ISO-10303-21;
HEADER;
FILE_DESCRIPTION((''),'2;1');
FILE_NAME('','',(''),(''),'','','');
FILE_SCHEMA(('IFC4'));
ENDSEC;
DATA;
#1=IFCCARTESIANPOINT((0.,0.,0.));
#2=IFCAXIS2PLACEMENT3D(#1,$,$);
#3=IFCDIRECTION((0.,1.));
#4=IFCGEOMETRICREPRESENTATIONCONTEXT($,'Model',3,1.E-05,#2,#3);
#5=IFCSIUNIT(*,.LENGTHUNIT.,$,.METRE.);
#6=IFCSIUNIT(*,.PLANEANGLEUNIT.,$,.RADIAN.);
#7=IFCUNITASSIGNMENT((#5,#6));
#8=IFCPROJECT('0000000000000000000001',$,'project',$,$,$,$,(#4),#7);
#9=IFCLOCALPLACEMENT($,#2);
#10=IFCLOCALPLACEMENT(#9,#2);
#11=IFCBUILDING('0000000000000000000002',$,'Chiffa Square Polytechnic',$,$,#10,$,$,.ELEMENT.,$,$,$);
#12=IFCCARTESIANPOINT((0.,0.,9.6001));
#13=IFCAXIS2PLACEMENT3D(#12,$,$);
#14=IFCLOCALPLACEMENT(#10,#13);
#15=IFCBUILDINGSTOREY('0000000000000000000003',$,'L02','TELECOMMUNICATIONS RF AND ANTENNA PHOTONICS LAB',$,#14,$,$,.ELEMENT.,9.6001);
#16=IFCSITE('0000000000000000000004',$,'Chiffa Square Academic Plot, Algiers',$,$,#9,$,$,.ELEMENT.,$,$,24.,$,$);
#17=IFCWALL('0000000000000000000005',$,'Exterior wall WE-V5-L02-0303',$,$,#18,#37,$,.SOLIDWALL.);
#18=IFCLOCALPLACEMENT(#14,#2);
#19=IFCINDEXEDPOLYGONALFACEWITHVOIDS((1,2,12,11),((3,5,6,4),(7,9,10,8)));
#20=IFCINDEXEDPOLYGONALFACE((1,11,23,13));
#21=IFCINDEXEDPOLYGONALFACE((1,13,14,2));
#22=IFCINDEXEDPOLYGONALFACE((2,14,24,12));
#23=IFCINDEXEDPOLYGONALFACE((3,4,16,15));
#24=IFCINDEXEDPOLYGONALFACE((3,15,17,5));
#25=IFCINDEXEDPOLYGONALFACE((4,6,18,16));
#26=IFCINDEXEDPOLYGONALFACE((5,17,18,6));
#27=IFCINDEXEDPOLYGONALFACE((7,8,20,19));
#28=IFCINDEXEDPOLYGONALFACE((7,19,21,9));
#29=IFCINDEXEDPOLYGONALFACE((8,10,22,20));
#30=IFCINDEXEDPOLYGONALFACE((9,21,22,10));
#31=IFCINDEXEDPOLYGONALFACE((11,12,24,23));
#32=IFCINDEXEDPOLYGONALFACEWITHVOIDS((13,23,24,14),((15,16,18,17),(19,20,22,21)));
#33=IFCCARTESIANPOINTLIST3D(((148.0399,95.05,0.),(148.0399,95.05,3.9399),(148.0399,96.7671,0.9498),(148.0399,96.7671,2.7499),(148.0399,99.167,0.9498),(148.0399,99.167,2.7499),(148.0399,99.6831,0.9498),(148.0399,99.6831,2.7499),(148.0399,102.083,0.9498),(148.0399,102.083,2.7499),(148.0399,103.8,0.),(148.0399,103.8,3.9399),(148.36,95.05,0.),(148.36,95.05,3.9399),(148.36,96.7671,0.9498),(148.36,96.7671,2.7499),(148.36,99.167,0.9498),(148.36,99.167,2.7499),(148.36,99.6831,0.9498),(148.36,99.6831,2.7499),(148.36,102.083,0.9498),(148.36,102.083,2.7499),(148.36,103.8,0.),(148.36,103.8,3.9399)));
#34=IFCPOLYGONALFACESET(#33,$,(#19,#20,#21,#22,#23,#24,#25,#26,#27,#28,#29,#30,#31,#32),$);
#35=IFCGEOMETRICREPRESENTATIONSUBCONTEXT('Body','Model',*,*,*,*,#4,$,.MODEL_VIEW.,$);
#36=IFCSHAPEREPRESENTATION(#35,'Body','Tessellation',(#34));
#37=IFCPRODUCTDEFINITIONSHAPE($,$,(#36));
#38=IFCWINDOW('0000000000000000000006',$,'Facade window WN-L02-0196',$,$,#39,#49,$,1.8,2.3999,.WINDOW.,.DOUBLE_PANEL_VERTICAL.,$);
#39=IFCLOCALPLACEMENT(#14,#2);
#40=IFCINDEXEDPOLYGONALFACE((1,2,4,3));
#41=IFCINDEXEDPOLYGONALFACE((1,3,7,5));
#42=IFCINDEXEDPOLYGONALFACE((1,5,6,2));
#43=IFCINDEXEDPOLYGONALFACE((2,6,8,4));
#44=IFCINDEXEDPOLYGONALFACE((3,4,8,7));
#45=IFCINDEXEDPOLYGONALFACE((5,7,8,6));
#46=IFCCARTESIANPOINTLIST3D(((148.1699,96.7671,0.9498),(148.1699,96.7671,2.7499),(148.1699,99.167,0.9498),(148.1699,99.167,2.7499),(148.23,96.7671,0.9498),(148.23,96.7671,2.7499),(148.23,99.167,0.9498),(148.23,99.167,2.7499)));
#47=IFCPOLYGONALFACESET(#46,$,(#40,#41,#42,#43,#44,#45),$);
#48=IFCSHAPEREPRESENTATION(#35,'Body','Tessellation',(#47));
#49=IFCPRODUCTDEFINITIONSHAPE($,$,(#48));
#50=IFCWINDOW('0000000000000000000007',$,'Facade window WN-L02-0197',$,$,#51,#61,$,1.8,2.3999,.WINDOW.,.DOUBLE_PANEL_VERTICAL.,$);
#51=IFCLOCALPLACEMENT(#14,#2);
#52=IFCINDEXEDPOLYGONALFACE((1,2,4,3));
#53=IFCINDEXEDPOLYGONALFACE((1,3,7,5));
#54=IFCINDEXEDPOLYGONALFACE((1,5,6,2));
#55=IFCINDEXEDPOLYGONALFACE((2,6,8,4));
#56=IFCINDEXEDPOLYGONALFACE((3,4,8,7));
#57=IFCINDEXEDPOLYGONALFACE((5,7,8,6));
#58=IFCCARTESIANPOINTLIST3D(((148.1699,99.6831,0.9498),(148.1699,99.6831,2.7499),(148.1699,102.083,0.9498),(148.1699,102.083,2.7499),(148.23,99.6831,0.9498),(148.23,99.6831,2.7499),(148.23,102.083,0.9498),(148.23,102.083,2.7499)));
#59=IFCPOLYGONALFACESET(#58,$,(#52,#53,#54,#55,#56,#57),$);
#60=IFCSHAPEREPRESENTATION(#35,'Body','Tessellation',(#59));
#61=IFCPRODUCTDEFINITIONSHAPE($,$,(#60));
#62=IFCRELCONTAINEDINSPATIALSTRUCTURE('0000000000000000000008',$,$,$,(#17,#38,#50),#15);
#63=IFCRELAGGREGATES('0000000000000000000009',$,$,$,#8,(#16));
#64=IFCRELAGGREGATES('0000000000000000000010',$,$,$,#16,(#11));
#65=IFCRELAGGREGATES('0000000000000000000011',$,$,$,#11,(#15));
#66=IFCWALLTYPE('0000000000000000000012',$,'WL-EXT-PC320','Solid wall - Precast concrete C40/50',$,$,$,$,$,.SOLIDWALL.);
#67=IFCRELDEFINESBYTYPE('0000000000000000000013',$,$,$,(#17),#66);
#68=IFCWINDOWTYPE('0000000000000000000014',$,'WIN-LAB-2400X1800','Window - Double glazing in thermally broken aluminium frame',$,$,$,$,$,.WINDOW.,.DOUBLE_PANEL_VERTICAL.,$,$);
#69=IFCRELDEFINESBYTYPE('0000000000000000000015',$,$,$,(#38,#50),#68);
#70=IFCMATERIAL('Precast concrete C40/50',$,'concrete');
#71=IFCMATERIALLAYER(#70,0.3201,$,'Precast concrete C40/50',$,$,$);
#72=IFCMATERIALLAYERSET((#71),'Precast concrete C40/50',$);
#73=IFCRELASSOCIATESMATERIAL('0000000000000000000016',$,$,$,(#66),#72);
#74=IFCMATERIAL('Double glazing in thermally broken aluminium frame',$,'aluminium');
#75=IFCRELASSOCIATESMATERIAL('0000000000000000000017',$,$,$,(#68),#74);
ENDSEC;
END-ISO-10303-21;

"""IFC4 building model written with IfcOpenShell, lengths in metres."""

from ifc_helpers import new_model, si_unit, direction, frame, frame_2d, origin, place, context, subcontext, project, spatial, rectangle, extrude, material, layer, layer_set, type_object, element, fill, save


model = new_model("IFC4")

# Units and contexts
model_context = context("Model", 3, precision=1e-05, world=origin(), true_north=direction((0.0, 1.0)))
body_context = subcontext(model_context, "Body", "Model", "MODEL_VIEW")
ifc_project = project(units=[si_unit("LENGTHUNIT", "METRE"), si_unit("PLANEANGLEUNIT", "RADIAN")], contexts=[model_context])

# Site, building, storey
site_placement = place(None, origin())
site = spatial("IfcSite", under=ifc_project, at=site_placement, Name="Chiffa Square Academic Plot, Algiers", CompositionType="ELEMENT", RefElevation=24.0)
building_placement = place(site_placement, origin())
building = spatial("IfcBuilding", under=site, at=building_placement, Name="Chiffa Square Polytechnic", CompositionType="ELEMENT")
storey_placement = place(building_placement, frame((0.0, 0.0, 9.6001)))
storey = spatial("IfcBuildingStorey", under=building, at=storey_placement, Name="L02", Description="TELECOMMUNICATIONS RF AND ANTENNA PHOTONICS LAB", CompositionType="ELEMENT", Elevation=9.6001)

# Shared definitions
ifc_material_1 = material(Name="Precast concrete C40/50", Category="concrete")

# Wall, openings, windows
ifc_layer_1 = layer(ifc_material_1, 0.3201, Name="Precast concrete C40/50")
ifc_layer_set_1 = layer_set([ifc_layer_1], Name="Precast concrete C40/50")
wall_type_1 = type_object("IfcWallType", Name="WL-EXT-PC320", Description="Solid wall - Precast concrete C40/50", PredefinedType="SOLIDWALL", material=ifc_layer_set_1)
wall_1_placement = place(storey_placement, frame((148.2, 95.05, 0.0), z_axis=(0.0, 0.0, 1.0), x_axis=(0.0, 1.0, 0.0)))
wall_1 = element("IfcWall", 1, at=wall_1_placement, inside=storey, type_object=wall_type_1, Name="Exterior wall WE-V5-L02-0303", PredefinedType="SOLIDWALL", context=body_context, shape_type="SweptSolid", body=[
    extrude(rectangle(XDim=8.75, YDim=0.3201, at=frame_2d((4.375, 0.0))), origin(), (0.0, 0.0, 1.0), 3.9399),
])
opening_1_placement = place(wall_1_placement, frame((1.717, 0.0, 0.95)))
opening_1 = element("IfcOpeningElement", 2, at=opening_1_placement, cuts=wall_1, PredefinedType="OPENING", context=body_context, shape_type="SweptSolid", body=[
    extrude(rectangle(XDim=2.3999, YDim=1.8, at=frame_2d((1.2, 0.8999))), frame((0.0, 0.1699, 0.0), z_axis=(0.0, -1.0, 0.0), x_axis=(1.0, 0.0, 0.0)), (0.0, 0.0, 1.0), 0.3401),
])
opening_2_placement = place(wall_1_placement, frame((4.6331, 0.0, 0.95)))
opening_2 = element("IfcOpeningElement", 3, at=opening_2_placement, cuts=wall_1, PredefinedType="OPENING", context=body_context, shape_type="SweptSolid", body=[
    extrude(rectangle(XDim=2.3999, YDim=1.8, at=frame_2d((1.2, 0.8999))), frame((0.0, 0.1699, 0.0), z_axis=(0.0, -1.0, 0.0), x_axis=(1.0, 0.0, 0.0)), (0.0, 0.0, 1.0), 0.3401),
])
ifc_material_2 = material(Name="Double glazing in thermally broken aluminium frame", Category="aluminium")
window_type = type_object("IfcWindowType", Name="WIN-LAB-2400X1800", Description="Window - Double glazing in thermally broken aluminium frame", PartitioningType="DOUBLE_PANEL_VERTICAL", PredefinedType="WINDOW", material=ifc_material_2)
window_1_placement = place(opening_1_placement, origin())
window_1 = element("IfcWindow", 4, at=window_1_placement, inside=storey, type_object=window_type, Name="Facade window WN-L02-0196", OverallHeight=1.8, OverallWidth=2.3999, PartitioningType="DOUBLE_PANEL_VERTICAL", PredefinedType="WINDOW", context=body_context, shape_type="SweptSolid", body=[
    extrude(rectangle(XDim=2.3999, YDim=1.8, at=frame_2d((1.2, 0.8999))), frame((0.0, 0.03, 0.0), z_axis=(0.0, -1.0, 0.0), x_axis=(1.0, 0.0, 0.0)), (0.0, 0.0, 1.0), 0.0601),
])
fill(opening_1, window_1)
window_2_placement = place(opening_2_placement, origin())
window_2 = element("IfcWindow", 5, at=window_2_placement, inside=storey, type_object=window_type, Name="Facade window WN-L02-0197", OverallHeight=1.8, OverallWidth=2.3999, PartitioningType="DOUBLE_PANEL_VERTICAL", PredefinedType="WINDOW", context=body_context, shape_type="SweptSolid", body=[
    extrude(rectangle(XDim=2.3999, YDim=1.8, at=frame_2d((1.2, 0.8999))), frame((0.0, 0.03, 0.0), z_axis=(0.0, -1.0, 0.0), x_axis=(1.0, 0.0, 0.0)), (0.0, 0.0, 1.0), 0.0601),
])
fill(opening_2, window_2)

save(model, "model.ifc")
